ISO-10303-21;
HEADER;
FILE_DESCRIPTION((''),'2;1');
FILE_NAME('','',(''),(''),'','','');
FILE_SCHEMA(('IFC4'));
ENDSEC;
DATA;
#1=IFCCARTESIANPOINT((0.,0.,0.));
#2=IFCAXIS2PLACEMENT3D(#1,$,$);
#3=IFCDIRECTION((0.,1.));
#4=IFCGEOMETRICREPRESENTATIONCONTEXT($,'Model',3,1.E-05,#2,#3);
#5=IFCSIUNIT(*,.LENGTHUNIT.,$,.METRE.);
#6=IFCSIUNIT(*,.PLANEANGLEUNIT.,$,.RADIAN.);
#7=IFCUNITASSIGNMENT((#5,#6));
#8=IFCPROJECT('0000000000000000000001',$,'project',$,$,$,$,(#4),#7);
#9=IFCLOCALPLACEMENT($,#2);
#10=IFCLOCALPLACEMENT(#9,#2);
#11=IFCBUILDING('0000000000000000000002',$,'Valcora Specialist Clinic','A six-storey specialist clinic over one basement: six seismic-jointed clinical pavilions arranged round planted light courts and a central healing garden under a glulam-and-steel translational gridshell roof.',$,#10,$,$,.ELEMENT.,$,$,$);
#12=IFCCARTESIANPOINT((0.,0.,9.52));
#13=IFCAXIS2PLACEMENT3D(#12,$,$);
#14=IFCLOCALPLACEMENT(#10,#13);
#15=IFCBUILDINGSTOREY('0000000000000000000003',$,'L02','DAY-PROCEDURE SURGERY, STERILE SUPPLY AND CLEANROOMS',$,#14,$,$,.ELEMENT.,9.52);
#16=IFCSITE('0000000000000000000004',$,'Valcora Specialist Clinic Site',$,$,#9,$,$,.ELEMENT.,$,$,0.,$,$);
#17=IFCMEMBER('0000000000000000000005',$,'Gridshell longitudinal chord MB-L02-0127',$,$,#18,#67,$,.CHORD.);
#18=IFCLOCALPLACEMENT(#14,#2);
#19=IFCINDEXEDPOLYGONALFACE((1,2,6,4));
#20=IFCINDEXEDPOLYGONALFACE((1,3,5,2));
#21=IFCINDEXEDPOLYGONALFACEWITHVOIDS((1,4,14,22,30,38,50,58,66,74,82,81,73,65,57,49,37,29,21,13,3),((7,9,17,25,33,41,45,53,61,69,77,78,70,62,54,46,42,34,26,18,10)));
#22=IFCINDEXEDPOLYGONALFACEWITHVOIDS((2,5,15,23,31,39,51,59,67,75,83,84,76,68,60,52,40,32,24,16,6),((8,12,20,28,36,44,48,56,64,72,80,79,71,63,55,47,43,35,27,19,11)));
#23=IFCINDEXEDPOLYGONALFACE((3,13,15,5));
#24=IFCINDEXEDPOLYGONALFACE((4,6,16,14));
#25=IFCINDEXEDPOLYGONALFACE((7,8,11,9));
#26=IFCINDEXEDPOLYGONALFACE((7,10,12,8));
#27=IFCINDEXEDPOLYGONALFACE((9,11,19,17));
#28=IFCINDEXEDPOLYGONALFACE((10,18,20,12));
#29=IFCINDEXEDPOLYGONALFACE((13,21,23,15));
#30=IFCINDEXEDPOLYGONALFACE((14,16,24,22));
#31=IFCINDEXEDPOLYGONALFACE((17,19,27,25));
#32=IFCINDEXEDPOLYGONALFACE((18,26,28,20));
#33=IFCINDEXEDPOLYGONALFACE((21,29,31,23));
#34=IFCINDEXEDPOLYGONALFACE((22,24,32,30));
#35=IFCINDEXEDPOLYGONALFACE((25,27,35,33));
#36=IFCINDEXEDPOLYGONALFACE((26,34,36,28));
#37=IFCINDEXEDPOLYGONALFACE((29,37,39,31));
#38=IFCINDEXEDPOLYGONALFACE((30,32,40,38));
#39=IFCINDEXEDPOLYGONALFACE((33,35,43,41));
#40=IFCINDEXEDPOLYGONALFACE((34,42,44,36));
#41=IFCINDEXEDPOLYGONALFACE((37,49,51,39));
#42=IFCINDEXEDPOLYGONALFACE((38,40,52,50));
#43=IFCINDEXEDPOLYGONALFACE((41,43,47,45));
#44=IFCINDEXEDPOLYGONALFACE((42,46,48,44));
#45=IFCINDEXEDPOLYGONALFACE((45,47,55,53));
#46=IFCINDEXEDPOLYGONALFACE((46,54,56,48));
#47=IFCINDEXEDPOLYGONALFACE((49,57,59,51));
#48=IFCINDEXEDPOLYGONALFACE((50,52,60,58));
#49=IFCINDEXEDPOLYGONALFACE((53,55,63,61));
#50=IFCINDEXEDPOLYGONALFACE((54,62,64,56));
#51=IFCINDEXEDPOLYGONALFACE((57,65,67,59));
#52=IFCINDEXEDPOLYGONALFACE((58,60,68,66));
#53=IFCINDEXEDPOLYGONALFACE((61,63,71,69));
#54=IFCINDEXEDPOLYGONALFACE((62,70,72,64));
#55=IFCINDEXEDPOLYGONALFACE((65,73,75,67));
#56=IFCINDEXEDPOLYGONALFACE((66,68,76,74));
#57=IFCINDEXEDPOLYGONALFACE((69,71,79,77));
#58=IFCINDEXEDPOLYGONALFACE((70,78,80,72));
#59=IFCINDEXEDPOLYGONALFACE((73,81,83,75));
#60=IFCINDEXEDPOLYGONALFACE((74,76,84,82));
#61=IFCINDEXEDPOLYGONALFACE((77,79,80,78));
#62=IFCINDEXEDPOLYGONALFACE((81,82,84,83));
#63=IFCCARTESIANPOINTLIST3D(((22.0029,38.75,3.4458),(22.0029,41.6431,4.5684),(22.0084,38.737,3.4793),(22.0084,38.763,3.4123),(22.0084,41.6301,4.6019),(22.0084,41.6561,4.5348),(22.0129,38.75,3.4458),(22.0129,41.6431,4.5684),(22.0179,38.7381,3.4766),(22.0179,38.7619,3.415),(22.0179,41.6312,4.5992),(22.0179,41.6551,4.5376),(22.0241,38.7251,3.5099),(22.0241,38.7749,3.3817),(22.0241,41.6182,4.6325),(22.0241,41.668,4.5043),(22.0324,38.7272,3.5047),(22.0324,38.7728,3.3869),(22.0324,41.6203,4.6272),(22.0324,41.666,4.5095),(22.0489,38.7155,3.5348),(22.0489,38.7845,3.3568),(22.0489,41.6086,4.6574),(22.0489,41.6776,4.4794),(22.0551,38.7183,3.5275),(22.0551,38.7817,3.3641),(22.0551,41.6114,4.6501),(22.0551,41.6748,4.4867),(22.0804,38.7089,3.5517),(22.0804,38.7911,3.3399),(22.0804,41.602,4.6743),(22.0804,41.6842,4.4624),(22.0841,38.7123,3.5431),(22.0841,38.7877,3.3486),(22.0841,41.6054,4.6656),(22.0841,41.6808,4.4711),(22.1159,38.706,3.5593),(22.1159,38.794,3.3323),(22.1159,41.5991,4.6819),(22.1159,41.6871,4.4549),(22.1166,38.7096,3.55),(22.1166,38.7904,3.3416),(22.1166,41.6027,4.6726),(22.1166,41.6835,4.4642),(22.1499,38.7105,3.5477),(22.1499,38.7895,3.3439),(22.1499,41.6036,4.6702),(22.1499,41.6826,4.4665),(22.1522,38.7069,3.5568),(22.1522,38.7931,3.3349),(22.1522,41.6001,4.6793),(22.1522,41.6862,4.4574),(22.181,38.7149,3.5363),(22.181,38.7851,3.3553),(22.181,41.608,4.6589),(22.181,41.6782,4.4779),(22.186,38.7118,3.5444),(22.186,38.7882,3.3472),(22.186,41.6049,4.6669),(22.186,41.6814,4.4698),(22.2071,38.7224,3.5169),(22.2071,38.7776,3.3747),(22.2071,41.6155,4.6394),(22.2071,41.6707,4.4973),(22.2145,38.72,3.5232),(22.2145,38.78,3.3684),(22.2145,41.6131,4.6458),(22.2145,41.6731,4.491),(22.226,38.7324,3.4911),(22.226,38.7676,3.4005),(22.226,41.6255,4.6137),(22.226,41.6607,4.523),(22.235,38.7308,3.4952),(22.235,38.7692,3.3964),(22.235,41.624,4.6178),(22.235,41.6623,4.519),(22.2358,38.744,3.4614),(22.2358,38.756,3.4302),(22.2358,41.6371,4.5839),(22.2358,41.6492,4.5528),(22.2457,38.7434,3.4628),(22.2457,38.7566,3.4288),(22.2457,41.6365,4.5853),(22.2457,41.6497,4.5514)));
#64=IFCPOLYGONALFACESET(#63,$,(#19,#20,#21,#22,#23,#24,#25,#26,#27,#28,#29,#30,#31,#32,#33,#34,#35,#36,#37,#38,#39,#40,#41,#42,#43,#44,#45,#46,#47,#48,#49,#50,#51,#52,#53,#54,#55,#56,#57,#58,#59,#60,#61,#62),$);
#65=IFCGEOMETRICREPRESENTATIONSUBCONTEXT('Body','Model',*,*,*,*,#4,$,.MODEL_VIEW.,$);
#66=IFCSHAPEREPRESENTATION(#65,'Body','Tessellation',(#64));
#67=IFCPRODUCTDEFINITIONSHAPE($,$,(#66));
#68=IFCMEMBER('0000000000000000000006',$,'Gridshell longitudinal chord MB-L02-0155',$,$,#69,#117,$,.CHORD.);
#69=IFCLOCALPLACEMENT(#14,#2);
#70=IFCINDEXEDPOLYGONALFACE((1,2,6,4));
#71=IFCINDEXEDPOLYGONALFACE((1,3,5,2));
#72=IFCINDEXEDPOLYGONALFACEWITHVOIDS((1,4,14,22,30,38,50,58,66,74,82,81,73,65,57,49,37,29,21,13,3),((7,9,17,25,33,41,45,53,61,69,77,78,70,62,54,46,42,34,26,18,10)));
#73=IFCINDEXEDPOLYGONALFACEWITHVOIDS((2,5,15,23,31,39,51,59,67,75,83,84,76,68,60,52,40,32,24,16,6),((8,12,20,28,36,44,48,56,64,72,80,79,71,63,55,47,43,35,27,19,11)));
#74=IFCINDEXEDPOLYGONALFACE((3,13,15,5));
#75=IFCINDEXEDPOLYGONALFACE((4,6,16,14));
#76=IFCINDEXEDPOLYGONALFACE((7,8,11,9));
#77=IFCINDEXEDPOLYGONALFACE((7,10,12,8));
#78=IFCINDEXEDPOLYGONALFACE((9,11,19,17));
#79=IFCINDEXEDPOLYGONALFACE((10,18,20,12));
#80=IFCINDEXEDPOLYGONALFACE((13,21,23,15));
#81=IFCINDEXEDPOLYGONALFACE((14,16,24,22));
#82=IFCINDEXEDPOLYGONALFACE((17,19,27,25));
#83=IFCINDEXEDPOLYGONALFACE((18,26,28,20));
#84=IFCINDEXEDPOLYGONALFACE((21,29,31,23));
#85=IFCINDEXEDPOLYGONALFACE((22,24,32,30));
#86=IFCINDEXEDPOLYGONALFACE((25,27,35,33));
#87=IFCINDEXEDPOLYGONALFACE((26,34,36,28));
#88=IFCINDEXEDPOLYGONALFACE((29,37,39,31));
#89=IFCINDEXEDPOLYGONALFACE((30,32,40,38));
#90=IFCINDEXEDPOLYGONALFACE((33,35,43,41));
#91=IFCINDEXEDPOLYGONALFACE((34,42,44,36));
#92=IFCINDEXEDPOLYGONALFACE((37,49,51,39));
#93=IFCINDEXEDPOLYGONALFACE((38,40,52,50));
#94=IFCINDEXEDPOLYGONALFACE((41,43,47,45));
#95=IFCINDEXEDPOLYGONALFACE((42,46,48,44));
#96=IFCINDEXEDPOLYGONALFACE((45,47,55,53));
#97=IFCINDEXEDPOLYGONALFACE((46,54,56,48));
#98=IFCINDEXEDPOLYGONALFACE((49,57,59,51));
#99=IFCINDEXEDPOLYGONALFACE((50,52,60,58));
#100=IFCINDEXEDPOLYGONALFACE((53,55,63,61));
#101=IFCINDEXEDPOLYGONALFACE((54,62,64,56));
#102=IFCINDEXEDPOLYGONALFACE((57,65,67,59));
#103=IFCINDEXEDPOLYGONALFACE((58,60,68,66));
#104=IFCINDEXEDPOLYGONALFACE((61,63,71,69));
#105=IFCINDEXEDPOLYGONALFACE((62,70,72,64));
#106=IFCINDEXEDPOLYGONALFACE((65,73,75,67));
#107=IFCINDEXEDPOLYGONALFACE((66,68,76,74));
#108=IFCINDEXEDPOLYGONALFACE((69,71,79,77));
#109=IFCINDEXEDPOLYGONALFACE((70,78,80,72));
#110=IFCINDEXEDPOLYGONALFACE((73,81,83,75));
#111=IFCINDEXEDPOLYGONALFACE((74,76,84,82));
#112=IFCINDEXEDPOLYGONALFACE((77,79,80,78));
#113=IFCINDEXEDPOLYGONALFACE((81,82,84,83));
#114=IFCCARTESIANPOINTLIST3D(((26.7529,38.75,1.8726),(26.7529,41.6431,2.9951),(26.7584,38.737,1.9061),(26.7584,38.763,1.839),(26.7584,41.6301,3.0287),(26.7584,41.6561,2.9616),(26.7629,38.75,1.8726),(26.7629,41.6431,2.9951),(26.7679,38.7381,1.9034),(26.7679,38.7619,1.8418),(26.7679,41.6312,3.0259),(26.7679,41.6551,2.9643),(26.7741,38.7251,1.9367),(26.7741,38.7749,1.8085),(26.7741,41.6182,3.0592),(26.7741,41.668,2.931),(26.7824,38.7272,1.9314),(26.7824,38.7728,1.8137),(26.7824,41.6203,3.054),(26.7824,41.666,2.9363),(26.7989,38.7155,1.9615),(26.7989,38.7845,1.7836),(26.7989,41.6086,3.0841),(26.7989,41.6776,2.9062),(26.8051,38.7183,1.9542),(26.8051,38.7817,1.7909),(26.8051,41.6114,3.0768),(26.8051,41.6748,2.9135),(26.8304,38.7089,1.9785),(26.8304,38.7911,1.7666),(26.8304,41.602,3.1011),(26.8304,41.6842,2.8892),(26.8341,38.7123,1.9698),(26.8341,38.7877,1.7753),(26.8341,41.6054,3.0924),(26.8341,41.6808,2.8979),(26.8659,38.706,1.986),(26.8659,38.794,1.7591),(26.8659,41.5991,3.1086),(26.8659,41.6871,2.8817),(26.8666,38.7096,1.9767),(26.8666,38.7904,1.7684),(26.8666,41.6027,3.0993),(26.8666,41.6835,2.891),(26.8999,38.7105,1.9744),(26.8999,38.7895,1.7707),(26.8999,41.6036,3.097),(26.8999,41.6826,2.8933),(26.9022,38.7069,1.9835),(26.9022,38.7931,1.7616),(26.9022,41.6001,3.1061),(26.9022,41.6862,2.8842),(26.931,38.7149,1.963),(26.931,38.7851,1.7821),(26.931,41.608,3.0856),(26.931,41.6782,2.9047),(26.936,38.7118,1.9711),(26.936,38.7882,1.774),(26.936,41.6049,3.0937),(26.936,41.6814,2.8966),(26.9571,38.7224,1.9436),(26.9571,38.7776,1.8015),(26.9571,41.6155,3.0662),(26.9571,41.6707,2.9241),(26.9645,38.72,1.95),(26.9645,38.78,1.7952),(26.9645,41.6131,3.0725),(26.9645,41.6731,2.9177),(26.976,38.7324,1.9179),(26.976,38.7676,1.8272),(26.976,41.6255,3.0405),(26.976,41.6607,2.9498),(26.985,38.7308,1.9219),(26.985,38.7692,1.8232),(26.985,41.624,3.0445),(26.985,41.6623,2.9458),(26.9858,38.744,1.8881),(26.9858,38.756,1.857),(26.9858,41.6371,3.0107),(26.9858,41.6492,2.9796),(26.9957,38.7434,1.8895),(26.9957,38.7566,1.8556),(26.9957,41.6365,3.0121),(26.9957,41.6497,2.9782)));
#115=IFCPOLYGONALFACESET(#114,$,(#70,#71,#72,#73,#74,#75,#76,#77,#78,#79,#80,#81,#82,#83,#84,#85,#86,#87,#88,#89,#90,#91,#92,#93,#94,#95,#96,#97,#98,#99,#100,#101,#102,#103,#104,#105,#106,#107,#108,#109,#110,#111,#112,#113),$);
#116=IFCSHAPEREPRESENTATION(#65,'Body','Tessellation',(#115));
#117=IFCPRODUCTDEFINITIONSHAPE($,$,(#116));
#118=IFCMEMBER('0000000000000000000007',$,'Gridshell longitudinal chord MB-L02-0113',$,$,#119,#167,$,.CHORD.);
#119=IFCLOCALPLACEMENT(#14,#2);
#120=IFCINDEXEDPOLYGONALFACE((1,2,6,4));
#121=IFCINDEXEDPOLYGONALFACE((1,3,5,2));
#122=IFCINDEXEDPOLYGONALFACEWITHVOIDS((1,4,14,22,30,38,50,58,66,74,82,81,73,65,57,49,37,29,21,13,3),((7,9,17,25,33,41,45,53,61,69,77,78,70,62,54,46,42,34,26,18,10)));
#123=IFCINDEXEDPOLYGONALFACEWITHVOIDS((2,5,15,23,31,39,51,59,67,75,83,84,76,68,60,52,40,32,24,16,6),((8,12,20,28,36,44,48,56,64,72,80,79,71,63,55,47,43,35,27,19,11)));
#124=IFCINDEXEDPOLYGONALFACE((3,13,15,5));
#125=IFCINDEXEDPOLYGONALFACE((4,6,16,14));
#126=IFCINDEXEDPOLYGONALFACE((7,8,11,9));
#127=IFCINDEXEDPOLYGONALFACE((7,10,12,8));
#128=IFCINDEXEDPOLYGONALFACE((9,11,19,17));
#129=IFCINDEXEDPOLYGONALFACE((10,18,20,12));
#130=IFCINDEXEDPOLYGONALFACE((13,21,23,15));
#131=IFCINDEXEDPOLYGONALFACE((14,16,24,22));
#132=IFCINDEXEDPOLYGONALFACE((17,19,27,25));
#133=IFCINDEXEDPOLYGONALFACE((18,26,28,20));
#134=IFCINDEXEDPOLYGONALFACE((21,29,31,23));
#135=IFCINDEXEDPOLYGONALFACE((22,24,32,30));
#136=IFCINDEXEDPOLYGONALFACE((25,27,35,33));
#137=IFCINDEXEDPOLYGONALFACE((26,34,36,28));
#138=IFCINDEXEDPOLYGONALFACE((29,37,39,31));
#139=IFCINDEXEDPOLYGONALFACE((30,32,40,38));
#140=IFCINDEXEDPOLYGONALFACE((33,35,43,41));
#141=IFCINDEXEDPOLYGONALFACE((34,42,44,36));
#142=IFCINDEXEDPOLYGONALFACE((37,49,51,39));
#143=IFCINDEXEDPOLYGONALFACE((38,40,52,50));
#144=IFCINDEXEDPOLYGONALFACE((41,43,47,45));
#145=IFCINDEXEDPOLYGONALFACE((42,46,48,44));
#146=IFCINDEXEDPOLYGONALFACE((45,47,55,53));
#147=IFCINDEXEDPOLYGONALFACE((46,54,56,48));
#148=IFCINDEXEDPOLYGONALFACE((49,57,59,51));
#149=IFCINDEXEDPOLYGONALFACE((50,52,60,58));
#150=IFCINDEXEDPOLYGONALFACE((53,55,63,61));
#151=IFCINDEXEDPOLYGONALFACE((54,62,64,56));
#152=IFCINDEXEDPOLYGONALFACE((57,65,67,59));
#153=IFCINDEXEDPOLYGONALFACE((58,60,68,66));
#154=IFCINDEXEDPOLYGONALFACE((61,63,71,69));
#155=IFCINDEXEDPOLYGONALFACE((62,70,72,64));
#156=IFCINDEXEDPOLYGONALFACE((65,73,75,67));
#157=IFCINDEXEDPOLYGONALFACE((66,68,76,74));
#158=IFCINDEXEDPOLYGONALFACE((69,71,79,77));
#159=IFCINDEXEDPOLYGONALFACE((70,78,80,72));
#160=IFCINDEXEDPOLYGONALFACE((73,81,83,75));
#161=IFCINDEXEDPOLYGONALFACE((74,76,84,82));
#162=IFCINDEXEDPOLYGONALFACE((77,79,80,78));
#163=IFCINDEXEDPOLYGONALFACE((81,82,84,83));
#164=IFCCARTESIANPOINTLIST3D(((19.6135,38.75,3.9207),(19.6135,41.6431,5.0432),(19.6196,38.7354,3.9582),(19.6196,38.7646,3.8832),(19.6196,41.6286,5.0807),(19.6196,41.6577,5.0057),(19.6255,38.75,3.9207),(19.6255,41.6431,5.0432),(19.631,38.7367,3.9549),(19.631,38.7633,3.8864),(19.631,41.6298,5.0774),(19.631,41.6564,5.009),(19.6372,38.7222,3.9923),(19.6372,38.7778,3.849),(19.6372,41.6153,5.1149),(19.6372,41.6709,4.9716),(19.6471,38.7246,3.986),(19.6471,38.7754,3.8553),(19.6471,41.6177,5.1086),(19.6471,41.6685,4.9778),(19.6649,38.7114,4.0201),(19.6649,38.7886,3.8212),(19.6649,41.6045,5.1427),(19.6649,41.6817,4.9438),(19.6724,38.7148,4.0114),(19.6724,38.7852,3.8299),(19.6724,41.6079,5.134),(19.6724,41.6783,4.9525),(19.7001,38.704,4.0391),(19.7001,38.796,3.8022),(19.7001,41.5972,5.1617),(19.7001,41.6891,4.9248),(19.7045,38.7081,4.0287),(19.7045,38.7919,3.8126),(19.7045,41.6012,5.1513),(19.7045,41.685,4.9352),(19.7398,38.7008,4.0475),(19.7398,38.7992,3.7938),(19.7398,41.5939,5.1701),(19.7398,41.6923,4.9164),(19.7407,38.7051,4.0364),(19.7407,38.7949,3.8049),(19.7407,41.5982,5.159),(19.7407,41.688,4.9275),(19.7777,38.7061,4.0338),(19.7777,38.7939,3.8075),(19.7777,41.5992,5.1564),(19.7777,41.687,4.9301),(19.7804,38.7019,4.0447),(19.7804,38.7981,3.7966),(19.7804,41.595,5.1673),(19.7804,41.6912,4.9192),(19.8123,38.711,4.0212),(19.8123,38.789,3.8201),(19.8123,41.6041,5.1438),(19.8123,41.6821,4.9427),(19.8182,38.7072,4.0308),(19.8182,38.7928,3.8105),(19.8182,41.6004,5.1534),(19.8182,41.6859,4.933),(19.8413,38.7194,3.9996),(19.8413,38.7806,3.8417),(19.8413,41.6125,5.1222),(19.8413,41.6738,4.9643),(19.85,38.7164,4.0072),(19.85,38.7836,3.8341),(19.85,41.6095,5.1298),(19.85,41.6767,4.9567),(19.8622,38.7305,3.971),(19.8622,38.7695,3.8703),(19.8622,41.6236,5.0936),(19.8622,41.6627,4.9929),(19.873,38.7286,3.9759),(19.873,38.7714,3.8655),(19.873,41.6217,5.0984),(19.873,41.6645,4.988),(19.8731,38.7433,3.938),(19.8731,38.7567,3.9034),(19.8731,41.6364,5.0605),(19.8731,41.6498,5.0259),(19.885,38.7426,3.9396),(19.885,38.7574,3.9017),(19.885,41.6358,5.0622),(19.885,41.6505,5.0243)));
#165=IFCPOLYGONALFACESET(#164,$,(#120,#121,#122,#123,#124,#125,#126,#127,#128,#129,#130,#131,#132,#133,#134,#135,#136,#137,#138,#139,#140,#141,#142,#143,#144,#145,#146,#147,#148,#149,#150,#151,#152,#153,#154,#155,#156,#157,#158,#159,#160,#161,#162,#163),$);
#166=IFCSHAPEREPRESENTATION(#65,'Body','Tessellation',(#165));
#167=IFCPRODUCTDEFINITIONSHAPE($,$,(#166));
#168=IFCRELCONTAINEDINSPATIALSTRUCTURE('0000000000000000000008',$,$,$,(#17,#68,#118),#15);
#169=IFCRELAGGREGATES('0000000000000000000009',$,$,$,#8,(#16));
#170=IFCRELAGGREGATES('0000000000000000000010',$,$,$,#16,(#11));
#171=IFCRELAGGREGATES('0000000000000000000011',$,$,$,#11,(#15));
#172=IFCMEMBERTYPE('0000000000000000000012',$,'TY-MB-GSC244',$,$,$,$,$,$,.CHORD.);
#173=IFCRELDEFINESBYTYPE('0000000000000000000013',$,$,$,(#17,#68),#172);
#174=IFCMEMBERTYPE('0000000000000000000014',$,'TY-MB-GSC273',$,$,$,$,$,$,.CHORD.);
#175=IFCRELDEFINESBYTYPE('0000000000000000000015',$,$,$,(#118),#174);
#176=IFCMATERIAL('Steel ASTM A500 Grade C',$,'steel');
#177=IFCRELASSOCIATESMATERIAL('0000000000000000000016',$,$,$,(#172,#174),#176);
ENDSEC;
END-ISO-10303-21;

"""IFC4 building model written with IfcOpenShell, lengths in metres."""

from ifc_helpers import new_model, si_unit, direction, frame, origin, origin_2d, place, context, subcontext, project, spatial, hollow_circle, extrude, material, material_profile, profile_set, type_object, element, save


model = new_model("IFC4")

# Units and contexts
model_context = context("Model", 3, precision=1e-05, world=origin(), true_north=direction((0.0, 1.0)))
body_context = subcontext(model_context, "Body", "Model", "MODEL_VIEW")
ifc_project = project(units=[si_unit("LENGTHUNIT", "METRE"), si_unit("PLANEANGLEUNIT", "RADIAN")], contexts=[model_context])

# Site, building, storey
site_placement = place(None, origin())
site = spatial("IfcSite", under=ifc_project, at=site_placement, Name="Valcora Specialist Clinic Site", CompositionType="ELEMENT", RefElevation=0.0)
building_placement = place(site_placement, origin())
building = spatial("IfcBuilding", under=site, at=building_placement, Name="Valcora Specialist Clinic", Description="A six-storey specialist clinic over one basement: six seismic-jointed clinical pavilions arranged round planted light courts and a central healing garden under a glulam-and-steel translational gridshell roof.", CompositionType="ELEMENT")
storey_placement = place(building_placement, frame((0.0, 0.0, 9.52)))
storey = spatial("IfcBuildingStorey", under=building, at=storey_placement, Name="L02", Description="DAY-PROCEDURE SURGERY, STERILE SUPPLY AND CLEANROOMS", CompositionType="ELEMENT", Elevation=9.52)

# Members
ifc_material_1 = material(Name="Steel ASTM A500 Grade C", Category="steel")
ifc_material_profile_1 = material_profile(ifc_material_1, hollow_circle(Radius=0.1221, WallThickness=0.01, at=origin_2d()), Name="ST-CHS-244X10")
ifc_profile_set_1 = profile_set([ifc_material_profile_1], Name="Steel ASTM A500 Grade C")
member_type_1 = type_object("IfcMemberType", Name="TY-MB-GSC244", PredefinedType="CHORD", material=ifc_profile_set_1)
for number, where, z_axis, x_axis, name in (
    (1, (22.125, 38.75, 3.4458), (0.0, 0.932279, 0.36174), (-1.0, 0.0, 0.0), "Gridshell longitudinal chord MB-L02-0127"),
    (2, (26.875, 38.75, 1.8726), (0.0, 0.932279, 0.36174), (-1.0, 0.0, 0.0), "Gridshell longitudinal chord MB-L02-0155"),
):
    element("IfcMember", number, at=place(storey_placement, frame(where, z_axis=z_axis, x_axis=x_axis)), inside=storey, type_object=member_type_1, Name=name, PredefinedType="CHORD", context=body_context, shape_type="SweptSolid", body=[
        extrude(hollow_circle(Radius=0.1221, WallThickness=0.01, at=origin_2d()), origin(), (0.0, 0.0, 1.0), 3.1033),
    ])
ifc_material_profile_2 = material_profile(ifc_material_1, hollow_circle(Radius=0.1365, WallThickness=0.012, at=origin_2d()), Name="ST-CHS-273X12")
ifc_profile_set_2 = profile_set([ifc_material_profile_2], Name="Steel ASTM A500 Grade C")
member_type_2 = type_object("IfcMemberType", Name="TY-MB-GSC273", PredefinedType="CHORD", material=ifc_profile_set_2)
for number, where, z_axis, x_axis, name in (
    (3, (19.75, 38.75, 3.9207), (0.0, 0.932279, 0.36174), (-1.0, 0.0, 0.0), "Gridshell longitudinal chord MB-L02-0113"),
):
    element("IfcMember", number, at=place(storey_placement, frame(where, z_axis=z_axis, x_axis=x_axis)), inside=storey, type_object=member_type_2, Name=name, PredefinedType="CHORD", context=body_context, shape_type="SweptSolid", body=[
        extrude(hollow_circle(Radius=0.1365, WallThickness=0.012, at=origin_2d()), origin(), (0.0, 0.0, 1.0), 3.1033),
    ])

save(model, "model.ifc")
